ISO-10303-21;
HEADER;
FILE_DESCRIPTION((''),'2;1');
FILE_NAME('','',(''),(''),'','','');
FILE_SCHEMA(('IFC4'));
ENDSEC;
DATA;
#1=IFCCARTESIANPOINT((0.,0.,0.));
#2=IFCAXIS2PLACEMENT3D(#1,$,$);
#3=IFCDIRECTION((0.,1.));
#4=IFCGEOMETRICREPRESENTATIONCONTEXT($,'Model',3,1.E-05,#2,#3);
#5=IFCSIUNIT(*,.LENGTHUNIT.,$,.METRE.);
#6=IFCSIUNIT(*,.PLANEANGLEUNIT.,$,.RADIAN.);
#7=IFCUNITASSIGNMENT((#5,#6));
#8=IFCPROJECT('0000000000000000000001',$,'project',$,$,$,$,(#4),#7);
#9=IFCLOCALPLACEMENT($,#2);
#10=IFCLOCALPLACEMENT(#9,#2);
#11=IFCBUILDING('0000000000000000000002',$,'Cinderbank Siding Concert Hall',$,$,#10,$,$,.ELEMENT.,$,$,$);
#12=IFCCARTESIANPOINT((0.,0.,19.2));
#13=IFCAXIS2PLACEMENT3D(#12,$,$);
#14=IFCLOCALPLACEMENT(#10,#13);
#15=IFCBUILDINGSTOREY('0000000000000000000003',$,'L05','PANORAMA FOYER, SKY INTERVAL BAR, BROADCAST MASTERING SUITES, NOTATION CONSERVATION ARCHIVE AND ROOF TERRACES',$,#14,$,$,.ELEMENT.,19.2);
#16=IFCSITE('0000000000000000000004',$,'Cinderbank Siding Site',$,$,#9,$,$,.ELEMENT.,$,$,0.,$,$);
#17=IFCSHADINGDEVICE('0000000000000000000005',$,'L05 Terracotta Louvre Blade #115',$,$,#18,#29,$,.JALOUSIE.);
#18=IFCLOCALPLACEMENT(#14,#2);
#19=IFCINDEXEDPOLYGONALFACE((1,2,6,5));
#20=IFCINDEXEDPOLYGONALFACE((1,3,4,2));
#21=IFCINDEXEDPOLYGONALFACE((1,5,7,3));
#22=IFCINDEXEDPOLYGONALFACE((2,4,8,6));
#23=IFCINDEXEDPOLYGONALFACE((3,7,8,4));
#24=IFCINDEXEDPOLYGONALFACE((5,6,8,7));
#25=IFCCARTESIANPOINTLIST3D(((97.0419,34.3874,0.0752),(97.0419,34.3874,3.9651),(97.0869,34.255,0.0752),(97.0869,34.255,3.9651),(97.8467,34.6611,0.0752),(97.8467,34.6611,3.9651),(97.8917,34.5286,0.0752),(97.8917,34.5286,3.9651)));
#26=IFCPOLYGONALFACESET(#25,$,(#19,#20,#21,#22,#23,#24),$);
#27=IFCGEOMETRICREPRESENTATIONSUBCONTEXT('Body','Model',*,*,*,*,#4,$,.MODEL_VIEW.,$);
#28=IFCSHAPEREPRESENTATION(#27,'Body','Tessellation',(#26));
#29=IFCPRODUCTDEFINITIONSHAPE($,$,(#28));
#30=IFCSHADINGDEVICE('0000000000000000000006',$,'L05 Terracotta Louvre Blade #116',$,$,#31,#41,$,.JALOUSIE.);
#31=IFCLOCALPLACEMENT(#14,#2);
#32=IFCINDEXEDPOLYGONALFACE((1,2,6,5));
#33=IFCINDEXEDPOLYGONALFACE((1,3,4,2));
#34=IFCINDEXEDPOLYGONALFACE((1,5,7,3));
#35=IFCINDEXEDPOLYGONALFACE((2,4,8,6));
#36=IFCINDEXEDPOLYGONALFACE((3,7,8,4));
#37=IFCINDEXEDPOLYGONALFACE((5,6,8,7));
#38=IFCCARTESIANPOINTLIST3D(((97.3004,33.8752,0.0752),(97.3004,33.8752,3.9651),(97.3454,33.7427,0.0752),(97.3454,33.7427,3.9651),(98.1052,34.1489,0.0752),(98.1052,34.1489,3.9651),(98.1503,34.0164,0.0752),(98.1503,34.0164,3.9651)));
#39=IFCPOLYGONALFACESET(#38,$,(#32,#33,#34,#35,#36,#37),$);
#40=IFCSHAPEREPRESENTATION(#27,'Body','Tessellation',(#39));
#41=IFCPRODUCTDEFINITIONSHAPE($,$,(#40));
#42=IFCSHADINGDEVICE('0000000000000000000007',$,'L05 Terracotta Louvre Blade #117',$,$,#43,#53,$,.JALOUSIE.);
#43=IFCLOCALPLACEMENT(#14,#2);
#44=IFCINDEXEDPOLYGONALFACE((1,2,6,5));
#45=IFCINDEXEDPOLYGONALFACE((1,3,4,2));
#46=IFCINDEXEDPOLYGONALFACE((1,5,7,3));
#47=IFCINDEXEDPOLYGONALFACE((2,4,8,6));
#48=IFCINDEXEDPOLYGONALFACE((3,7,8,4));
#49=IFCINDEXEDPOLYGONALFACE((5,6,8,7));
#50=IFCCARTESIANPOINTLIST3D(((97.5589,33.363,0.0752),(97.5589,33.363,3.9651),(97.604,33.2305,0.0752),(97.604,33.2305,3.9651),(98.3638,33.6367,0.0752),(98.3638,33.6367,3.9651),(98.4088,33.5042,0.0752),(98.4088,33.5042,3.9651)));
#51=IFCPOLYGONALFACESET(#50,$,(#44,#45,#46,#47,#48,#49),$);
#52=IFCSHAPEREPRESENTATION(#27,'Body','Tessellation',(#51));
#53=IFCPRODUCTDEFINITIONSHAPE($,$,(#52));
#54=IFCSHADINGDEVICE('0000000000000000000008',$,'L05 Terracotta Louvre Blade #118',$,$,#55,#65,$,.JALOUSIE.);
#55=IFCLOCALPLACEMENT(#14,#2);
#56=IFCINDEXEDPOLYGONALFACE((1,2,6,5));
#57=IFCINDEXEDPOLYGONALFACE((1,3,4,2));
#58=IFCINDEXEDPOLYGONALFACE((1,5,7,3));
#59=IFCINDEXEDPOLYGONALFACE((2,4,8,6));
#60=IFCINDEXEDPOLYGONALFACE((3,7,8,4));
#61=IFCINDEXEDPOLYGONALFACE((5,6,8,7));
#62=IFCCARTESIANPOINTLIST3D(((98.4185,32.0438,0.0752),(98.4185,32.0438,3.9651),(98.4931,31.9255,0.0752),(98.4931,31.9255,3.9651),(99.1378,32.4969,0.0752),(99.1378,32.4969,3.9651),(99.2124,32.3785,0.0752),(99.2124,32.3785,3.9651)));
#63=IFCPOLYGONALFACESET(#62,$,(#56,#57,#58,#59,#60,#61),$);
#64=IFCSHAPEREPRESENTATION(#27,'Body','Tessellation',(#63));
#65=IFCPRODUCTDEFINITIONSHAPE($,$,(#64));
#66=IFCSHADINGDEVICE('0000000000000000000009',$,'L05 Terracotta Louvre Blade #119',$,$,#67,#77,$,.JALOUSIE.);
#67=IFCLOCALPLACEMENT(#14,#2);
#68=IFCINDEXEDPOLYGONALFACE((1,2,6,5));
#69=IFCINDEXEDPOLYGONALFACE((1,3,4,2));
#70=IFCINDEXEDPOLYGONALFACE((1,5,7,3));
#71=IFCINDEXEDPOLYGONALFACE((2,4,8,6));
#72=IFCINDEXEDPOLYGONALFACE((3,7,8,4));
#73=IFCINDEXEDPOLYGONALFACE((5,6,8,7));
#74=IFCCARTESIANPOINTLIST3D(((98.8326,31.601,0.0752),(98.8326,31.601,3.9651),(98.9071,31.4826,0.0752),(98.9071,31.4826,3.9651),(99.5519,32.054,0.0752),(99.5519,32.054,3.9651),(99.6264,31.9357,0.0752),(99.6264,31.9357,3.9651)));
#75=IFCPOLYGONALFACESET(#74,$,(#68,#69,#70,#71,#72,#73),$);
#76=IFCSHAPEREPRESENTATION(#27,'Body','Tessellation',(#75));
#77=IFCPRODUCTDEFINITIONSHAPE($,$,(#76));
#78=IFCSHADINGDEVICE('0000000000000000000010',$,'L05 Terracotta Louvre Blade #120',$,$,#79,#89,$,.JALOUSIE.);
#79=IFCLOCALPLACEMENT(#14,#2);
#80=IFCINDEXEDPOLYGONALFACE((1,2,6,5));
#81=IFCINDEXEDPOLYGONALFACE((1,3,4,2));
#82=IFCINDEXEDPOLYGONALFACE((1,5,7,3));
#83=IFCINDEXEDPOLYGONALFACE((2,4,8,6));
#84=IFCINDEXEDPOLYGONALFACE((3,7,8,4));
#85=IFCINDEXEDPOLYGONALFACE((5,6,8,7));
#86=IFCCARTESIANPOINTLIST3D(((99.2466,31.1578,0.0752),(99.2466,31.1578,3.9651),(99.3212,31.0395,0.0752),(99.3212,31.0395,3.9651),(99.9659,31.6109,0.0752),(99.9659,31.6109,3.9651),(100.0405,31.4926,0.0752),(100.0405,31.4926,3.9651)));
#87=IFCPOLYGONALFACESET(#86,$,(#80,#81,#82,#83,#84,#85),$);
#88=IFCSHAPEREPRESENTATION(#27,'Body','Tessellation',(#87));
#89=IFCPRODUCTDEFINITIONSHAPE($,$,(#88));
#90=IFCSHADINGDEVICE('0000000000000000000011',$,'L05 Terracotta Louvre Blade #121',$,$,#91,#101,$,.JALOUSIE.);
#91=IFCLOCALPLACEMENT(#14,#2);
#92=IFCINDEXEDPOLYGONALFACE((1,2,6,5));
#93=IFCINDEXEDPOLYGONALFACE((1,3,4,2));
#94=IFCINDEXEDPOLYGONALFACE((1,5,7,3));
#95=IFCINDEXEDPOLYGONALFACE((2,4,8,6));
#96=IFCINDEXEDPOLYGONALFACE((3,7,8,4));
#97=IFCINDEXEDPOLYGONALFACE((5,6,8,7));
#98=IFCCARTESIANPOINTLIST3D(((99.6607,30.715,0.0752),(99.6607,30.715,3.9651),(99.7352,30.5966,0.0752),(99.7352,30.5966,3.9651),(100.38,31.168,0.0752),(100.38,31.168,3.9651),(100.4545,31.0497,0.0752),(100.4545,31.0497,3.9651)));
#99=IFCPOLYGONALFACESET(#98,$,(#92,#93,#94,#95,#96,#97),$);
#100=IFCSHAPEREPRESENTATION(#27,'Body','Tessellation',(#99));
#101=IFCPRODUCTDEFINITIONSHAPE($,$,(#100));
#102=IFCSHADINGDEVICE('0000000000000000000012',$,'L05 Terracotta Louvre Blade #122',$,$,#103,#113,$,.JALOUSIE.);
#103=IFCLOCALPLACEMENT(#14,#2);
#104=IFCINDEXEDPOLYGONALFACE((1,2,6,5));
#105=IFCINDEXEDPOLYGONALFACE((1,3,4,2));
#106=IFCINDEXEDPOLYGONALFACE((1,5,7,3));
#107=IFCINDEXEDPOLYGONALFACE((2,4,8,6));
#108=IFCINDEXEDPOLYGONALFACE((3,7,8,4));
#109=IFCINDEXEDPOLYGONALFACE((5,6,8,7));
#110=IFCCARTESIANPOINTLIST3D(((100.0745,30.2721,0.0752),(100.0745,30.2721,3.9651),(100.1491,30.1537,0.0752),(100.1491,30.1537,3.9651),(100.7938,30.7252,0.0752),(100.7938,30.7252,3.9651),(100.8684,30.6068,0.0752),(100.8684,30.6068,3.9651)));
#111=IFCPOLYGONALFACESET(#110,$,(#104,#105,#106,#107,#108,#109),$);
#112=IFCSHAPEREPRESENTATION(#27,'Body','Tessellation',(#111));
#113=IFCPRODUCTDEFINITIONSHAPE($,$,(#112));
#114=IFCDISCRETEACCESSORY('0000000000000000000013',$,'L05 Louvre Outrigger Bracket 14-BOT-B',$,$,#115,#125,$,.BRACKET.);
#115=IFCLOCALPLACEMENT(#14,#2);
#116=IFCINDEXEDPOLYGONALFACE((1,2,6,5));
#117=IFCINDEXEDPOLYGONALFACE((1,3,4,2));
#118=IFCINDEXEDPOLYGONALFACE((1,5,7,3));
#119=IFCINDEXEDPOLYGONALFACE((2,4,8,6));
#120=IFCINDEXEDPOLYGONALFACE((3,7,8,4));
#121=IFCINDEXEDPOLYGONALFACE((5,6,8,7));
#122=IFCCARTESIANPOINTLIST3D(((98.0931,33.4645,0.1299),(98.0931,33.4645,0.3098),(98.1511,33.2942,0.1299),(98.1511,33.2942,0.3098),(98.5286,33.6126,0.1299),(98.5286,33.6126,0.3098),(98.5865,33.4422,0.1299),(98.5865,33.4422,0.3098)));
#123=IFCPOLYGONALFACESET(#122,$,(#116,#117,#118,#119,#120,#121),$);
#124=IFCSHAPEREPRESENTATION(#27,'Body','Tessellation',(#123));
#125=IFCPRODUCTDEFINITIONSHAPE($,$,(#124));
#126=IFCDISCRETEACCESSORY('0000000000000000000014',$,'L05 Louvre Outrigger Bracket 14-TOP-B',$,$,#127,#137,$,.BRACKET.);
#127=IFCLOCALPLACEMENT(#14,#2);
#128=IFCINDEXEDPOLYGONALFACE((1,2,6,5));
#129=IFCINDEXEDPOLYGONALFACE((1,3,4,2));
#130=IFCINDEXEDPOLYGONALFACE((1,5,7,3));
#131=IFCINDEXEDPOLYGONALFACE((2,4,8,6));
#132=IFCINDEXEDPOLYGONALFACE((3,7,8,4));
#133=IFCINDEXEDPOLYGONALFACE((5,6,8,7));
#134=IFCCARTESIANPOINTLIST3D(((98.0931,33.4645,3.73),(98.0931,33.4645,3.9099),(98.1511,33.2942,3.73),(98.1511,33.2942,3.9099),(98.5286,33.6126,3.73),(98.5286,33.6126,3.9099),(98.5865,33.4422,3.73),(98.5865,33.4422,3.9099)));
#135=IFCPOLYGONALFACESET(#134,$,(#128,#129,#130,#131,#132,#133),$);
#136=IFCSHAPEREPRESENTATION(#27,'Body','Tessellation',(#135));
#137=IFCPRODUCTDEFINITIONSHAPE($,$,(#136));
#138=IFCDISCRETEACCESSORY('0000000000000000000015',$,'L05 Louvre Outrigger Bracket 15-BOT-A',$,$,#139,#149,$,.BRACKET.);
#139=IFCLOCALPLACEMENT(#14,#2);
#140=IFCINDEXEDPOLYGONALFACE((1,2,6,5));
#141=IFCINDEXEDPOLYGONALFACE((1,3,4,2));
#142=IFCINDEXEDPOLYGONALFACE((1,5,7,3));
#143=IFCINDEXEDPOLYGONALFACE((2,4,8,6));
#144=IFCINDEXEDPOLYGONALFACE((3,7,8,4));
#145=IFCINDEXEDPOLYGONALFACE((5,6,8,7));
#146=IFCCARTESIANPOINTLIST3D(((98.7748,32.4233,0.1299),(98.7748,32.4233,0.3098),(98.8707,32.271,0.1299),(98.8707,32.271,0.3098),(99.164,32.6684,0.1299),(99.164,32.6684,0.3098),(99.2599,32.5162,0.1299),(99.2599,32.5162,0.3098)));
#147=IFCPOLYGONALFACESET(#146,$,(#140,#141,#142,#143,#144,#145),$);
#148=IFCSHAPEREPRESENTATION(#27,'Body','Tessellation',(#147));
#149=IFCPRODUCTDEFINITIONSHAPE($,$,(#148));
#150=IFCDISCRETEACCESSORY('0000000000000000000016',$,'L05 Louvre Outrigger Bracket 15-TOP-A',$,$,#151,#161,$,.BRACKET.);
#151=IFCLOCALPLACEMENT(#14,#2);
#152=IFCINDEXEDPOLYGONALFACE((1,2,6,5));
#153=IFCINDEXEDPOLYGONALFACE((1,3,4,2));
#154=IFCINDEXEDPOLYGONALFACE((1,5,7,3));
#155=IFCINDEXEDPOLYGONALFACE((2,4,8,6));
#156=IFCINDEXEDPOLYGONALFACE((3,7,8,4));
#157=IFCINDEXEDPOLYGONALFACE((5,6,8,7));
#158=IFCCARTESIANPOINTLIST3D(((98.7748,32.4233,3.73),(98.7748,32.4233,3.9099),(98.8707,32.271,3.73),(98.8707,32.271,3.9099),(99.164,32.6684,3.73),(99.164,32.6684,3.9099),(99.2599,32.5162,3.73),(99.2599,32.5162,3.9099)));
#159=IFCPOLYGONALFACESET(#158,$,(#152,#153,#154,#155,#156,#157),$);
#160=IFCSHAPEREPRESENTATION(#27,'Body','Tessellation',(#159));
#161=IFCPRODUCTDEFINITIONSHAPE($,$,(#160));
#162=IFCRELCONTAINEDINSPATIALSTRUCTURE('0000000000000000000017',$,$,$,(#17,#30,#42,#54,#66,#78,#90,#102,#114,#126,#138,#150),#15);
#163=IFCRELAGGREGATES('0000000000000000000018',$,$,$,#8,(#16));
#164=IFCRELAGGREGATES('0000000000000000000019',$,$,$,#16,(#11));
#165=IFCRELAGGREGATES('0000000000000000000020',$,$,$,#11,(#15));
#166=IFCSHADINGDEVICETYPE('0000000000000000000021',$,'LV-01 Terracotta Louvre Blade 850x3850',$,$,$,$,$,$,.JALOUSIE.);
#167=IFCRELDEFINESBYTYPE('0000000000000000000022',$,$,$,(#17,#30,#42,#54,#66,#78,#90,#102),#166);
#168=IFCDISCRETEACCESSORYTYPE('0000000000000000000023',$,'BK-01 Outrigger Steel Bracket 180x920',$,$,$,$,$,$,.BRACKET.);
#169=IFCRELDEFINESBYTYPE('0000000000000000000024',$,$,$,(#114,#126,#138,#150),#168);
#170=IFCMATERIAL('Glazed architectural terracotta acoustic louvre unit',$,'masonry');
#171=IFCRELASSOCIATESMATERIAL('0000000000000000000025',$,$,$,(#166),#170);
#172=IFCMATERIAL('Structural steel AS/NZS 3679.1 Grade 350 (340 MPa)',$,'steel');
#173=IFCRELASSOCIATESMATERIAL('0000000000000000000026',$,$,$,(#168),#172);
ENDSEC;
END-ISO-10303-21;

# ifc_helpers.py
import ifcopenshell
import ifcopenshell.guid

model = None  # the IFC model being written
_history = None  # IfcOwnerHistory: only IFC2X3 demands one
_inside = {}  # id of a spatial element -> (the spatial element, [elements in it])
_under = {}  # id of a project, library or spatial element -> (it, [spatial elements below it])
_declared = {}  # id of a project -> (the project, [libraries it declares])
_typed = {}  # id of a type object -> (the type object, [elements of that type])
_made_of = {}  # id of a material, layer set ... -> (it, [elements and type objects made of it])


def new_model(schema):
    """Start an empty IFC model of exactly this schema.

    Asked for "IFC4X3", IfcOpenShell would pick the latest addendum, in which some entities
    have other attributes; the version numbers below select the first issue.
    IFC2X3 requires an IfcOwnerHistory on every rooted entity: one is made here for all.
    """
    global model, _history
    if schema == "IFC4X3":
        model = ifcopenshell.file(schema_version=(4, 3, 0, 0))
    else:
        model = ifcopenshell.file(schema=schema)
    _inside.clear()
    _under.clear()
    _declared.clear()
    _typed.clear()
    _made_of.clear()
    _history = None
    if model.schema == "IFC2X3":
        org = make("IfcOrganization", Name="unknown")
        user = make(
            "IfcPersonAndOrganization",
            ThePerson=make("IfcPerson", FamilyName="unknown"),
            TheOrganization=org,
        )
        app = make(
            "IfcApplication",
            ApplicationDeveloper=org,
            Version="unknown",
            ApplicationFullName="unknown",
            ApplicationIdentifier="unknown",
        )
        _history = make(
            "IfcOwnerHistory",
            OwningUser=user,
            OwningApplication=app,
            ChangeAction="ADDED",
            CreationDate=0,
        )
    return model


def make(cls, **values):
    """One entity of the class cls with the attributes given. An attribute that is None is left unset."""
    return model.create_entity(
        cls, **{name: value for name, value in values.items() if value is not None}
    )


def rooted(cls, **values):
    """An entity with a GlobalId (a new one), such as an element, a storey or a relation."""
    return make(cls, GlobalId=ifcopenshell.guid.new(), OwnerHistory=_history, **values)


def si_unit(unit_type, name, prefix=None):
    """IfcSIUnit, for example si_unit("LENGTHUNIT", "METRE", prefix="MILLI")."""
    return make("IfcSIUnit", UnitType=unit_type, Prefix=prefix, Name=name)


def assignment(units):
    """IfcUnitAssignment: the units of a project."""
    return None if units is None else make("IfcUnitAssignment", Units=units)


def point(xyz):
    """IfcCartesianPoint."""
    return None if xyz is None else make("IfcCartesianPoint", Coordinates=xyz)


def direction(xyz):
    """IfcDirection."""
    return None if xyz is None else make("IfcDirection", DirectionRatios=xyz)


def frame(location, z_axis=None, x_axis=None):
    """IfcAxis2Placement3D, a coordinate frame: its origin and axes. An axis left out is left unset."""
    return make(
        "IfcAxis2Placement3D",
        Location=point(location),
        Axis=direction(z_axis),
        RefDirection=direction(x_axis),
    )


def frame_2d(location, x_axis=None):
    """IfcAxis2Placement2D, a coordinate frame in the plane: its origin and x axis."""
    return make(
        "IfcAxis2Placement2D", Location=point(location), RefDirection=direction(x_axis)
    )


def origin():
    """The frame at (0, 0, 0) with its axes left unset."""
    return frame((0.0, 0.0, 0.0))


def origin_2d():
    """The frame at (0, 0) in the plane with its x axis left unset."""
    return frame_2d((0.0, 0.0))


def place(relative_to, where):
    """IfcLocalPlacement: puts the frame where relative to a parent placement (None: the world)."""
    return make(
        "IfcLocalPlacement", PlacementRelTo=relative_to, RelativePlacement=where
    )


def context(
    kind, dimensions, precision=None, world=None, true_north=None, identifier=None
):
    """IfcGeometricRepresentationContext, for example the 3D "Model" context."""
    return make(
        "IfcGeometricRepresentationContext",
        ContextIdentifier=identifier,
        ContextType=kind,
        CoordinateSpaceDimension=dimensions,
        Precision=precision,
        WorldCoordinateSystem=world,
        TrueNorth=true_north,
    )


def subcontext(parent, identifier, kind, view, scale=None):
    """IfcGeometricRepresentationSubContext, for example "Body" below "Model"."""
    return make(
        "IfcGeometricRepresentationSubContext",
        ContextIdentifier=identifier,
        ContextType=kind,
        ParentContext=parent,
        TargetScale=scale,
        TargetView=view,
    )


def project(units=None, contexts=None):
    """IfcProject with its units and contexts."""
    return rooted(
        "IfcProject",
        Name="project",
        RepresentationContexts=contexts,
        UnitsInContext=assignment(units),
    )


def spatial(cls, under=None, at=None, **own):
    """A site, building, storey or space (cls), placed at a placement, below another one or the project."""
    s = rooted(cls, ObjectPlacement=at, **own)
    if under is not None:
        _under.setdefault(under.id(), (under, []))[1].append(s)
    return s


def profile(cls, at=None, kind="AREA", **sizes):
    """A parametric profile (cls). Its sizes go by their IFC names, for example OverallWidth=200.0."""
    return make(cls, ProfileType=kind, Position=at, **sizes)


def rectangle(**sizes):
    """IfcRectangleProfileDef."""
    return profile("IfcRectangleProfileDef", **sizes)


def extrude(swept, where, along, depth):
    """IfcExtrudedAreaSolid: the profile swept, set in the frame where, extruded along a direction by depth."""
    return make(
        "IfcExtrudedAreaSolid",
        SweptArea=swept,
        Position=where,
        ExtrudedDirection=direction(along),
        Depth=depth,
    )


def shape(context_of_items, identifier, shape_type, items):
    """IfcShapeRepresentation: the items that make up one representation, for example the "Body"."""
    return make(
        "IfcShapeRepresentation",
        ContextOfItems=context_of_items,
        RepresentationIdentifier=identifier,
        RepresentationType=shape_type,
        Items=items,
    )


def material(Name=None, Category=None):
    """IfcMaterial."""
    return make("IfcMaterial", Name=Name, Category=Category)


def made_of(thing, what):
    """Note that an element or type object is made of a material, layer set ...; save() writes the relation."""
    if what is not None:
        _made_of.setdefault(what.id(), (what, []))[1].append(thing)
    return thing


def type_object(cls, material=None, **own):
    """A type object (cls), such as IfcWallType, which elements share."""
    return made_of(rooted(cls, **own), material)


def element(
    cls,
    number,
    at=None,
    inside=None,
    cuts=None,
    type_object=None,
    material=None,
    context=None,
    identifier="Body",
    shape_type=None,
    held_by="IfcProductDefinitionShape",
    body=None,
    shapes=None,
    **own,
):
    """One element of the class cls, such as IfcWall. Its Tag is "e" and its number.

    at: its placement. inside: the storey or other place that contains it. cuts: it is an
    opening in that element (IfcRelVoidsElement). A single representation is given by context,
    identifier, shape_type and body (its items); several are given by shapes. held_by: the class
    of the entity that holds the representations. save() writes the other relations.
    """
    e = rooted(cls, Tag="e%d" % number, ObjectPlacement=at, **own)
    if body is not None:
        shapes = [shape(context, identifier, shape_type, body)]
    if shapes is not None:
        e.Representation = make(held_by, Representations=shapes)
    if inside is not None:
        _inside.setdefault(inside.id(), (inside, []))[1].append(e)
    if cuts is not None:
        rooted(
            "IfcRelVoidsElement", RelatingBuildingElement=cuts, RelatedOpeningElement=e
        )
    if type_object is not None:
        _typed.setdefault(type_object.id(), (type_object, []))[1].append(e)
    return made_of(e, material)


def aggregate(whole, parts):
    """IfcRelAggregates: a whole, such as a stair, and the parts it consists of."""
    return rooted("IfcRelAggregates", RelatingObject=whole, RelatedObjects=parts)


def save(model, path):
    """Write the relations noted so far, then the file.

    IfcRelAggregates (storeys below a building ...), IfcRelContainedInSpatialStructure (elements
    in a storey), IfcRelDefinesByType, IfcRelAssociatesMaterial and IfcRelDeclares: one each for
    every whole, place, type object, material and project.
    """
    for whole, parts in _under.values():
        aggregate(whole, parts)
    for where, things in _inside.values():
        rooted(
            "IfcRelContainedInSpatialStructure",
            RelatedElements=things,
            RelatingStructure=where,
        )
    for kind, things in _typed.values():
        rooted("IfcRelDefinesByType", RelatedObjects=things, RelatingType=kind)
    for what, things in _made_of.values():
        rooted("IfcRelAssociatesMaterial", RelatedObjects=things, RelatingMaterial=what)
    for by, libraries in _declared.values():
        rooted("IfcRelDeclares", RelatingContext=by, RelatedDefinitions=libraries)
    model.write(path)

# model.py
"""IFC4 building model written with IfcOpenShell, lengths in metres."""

from ifc_helpers import new_model, si_unit, direction, frame, origin, origin_2d, place, context, subcontext, project, spatial, rectangle, extrude, material, type_object, element, save


model = new_model("IFC4")

# Units and contexts
model_context = context("Model", 3, precision=1e-05, world=origin(), true_north=direction((0.0, 1.0)))
body_context = subcontext(model_context, "Body", "Model", "MODEL_VIEW")
ifc_project = project(units=[si_unit("LENGTHUNIT", "METRE"), si_unit("PLANEANGLEUNIT", "RADIAN")], contexts=[model_context])

# Site, building, storey
site_placement = place(None, origin())
site = spatial("IfcSite", under=ifc_project, at=site_placement, Name="Cinderbank Siding Site", CompositionType="ELEMENT", RefElevation=0.0)
building_placement = place(site_placement, origin())
building = spatial("IfcBuilding", under=site, at=building_placement, Name="Cinderbank Siding Concert Hall", CompositionType="ELEMENT")
storey_placement = place(building_placement, frame((0.0, 0.0, 19.2)))
storey = spatial("IfcBuildingStorey", under=building, at=storey_placement, Name="L05", Description="PANORAMA FOYER, SKY INTERVAL BAR, BROADCAST MASTERING SUITES, NOTATION CONSERVATION ARCHIVE AND ROOF TERRACES", CompositionType="ELEMENT", Elevation=19.2)

# Shared definitions
ifc_material_1 = material(Name="Structural steel AS/NZS 3679.1 Grade 350 (340 MPa)", Category="steel")

# Shading devices
ifc_material_2 = material(Name="Glazed architectural terracotta acoustic louvre unit", Category="masonry")
shading_device_type = type_object("IfcShadingDeviceType", Name="LV-01 Terracotta Louvre Blade 850x3850", PredefinedType="JALOUSIE", material=ifc_material_2)
for number, where, z_axis, x_axis, name in (
    (1, (97.4668, 34.458, 0.0752), (0.0, 0.0, 1.0), (-0.946765, -0.321924, 0.0), "L05 Terracotta Louvre Blade #115"),
    (2, (97.7253, 33.9458, 0.0752), (0.0, 0.0, 1.0), (-0.946765, -0.321924, 0.0), "L05 Terracotta Louvre Blade #116"),
    (3, (97.9839, 33.4336, 0.0752), (0.0, 0.0, 1.0), (-0.946765, -0.321924, 0.0), "L05 Terracotta Louvre Blade #117"),
    (4, (98.8154, 32.2112, 0.0752), (0.0, 0.0, 1.0), (-0.846132, -0.532973, 0.0), "L05 Terracotta Louvre Blade #118"),
    (5, (99.2295, 31.7683, 0.0752), (0.0, 0.0, 1.0), (-0.846132, -0.532973, 0.0), "L05 Terracotta Louvre Blade #119"),
    (6, (99.6436, 31.3252, 0.0752), (0.0, 0.0, 1.0), (-0.846132, -0.532973, 0.0), "L05 Terracotta Louvre Blade #120"),
    (7, (100.0576, 30.8823, 0.0752), (0.0, 0.0, 1.0), (-0.846132, -0.532973, 0.0), "L05 Terracotta Louvre Blade #121"),
    (8, (100.4714, 30.4395, 0.0752), (0.0, 0.0, 1.0), (-0.846132, -0.532973, 0.0), "L05 Terracotta Louvre Blade #122"),
):
    element("IfcShadingDevice", number, at=place(storey_placement, frame(where, z_axis=z_axis, x_axis=x_axis)), inside=storey, type_object=shading_device_type, Name=name, PredefinedType="JALOUSIE", context=body_context, shape_type="SweptSolid", body=[
        extrude(rectangle(XDim=0.8501, YDim=0.1399, at=origin_2d()), origin(), (0.0, 0.0, 1.0), 3.8899),
    ])

# Discrete accessories
discrete_accessory_type = type_object("IfcDiscreteAccessoryType", Name="BK-01 Outrigger Steel Bracket 180x920", PredefinedType="BRACKET", material=ifc_material_1)
for number, where, z_axis, x_axis, name in (
    (9, (98.3398, 33.4534, 0.1299), (0.0, 0.0, 1.0), (-0.946765, -0.321924, 0.0), "L05 Louvre Outrigger Bracket 14-BOT-B"),
    (10, (98.3398, 33.4534, 3.73), (0.0, 0.0, 1.0), (-0.946765, -0.321924, 0.0), "L05 Louvre Outrigger Bracket 14-TOP-B"),
    (11, (99.0173, 32.4697, 0.1299), (0.0, 0.0, 1.0), (-0.846132, -0.532973, 0.0), "L05 Louvre Outrigger Bracket 15-BOT-A"),
    (12, (99.0173, 32.4697, 3.73), (0.0, 0.0, 1.0), (-0.846132, -0.532973, 0.0), "L05 Louvre Outrigger Bracket 15-TOP-A"),
):
    element("IfcDiscreteAccessory", number, at=place(storey_placement, frame(where, z_axis=z_axis, x_axis=x_axis)), inside=storey, type_object=discrete_accessory_type, Name=name, PredefinedType="BRACKET", context=body_context, shape_type="SweptSolid", body=[
        extrude(rectangle(XDim=0.46, YDim=0.1799, at=origin_2d()), origin(), (0.0, 0.0, 1.0), 0.1799),
    ])

save(model, "model.ifc")
